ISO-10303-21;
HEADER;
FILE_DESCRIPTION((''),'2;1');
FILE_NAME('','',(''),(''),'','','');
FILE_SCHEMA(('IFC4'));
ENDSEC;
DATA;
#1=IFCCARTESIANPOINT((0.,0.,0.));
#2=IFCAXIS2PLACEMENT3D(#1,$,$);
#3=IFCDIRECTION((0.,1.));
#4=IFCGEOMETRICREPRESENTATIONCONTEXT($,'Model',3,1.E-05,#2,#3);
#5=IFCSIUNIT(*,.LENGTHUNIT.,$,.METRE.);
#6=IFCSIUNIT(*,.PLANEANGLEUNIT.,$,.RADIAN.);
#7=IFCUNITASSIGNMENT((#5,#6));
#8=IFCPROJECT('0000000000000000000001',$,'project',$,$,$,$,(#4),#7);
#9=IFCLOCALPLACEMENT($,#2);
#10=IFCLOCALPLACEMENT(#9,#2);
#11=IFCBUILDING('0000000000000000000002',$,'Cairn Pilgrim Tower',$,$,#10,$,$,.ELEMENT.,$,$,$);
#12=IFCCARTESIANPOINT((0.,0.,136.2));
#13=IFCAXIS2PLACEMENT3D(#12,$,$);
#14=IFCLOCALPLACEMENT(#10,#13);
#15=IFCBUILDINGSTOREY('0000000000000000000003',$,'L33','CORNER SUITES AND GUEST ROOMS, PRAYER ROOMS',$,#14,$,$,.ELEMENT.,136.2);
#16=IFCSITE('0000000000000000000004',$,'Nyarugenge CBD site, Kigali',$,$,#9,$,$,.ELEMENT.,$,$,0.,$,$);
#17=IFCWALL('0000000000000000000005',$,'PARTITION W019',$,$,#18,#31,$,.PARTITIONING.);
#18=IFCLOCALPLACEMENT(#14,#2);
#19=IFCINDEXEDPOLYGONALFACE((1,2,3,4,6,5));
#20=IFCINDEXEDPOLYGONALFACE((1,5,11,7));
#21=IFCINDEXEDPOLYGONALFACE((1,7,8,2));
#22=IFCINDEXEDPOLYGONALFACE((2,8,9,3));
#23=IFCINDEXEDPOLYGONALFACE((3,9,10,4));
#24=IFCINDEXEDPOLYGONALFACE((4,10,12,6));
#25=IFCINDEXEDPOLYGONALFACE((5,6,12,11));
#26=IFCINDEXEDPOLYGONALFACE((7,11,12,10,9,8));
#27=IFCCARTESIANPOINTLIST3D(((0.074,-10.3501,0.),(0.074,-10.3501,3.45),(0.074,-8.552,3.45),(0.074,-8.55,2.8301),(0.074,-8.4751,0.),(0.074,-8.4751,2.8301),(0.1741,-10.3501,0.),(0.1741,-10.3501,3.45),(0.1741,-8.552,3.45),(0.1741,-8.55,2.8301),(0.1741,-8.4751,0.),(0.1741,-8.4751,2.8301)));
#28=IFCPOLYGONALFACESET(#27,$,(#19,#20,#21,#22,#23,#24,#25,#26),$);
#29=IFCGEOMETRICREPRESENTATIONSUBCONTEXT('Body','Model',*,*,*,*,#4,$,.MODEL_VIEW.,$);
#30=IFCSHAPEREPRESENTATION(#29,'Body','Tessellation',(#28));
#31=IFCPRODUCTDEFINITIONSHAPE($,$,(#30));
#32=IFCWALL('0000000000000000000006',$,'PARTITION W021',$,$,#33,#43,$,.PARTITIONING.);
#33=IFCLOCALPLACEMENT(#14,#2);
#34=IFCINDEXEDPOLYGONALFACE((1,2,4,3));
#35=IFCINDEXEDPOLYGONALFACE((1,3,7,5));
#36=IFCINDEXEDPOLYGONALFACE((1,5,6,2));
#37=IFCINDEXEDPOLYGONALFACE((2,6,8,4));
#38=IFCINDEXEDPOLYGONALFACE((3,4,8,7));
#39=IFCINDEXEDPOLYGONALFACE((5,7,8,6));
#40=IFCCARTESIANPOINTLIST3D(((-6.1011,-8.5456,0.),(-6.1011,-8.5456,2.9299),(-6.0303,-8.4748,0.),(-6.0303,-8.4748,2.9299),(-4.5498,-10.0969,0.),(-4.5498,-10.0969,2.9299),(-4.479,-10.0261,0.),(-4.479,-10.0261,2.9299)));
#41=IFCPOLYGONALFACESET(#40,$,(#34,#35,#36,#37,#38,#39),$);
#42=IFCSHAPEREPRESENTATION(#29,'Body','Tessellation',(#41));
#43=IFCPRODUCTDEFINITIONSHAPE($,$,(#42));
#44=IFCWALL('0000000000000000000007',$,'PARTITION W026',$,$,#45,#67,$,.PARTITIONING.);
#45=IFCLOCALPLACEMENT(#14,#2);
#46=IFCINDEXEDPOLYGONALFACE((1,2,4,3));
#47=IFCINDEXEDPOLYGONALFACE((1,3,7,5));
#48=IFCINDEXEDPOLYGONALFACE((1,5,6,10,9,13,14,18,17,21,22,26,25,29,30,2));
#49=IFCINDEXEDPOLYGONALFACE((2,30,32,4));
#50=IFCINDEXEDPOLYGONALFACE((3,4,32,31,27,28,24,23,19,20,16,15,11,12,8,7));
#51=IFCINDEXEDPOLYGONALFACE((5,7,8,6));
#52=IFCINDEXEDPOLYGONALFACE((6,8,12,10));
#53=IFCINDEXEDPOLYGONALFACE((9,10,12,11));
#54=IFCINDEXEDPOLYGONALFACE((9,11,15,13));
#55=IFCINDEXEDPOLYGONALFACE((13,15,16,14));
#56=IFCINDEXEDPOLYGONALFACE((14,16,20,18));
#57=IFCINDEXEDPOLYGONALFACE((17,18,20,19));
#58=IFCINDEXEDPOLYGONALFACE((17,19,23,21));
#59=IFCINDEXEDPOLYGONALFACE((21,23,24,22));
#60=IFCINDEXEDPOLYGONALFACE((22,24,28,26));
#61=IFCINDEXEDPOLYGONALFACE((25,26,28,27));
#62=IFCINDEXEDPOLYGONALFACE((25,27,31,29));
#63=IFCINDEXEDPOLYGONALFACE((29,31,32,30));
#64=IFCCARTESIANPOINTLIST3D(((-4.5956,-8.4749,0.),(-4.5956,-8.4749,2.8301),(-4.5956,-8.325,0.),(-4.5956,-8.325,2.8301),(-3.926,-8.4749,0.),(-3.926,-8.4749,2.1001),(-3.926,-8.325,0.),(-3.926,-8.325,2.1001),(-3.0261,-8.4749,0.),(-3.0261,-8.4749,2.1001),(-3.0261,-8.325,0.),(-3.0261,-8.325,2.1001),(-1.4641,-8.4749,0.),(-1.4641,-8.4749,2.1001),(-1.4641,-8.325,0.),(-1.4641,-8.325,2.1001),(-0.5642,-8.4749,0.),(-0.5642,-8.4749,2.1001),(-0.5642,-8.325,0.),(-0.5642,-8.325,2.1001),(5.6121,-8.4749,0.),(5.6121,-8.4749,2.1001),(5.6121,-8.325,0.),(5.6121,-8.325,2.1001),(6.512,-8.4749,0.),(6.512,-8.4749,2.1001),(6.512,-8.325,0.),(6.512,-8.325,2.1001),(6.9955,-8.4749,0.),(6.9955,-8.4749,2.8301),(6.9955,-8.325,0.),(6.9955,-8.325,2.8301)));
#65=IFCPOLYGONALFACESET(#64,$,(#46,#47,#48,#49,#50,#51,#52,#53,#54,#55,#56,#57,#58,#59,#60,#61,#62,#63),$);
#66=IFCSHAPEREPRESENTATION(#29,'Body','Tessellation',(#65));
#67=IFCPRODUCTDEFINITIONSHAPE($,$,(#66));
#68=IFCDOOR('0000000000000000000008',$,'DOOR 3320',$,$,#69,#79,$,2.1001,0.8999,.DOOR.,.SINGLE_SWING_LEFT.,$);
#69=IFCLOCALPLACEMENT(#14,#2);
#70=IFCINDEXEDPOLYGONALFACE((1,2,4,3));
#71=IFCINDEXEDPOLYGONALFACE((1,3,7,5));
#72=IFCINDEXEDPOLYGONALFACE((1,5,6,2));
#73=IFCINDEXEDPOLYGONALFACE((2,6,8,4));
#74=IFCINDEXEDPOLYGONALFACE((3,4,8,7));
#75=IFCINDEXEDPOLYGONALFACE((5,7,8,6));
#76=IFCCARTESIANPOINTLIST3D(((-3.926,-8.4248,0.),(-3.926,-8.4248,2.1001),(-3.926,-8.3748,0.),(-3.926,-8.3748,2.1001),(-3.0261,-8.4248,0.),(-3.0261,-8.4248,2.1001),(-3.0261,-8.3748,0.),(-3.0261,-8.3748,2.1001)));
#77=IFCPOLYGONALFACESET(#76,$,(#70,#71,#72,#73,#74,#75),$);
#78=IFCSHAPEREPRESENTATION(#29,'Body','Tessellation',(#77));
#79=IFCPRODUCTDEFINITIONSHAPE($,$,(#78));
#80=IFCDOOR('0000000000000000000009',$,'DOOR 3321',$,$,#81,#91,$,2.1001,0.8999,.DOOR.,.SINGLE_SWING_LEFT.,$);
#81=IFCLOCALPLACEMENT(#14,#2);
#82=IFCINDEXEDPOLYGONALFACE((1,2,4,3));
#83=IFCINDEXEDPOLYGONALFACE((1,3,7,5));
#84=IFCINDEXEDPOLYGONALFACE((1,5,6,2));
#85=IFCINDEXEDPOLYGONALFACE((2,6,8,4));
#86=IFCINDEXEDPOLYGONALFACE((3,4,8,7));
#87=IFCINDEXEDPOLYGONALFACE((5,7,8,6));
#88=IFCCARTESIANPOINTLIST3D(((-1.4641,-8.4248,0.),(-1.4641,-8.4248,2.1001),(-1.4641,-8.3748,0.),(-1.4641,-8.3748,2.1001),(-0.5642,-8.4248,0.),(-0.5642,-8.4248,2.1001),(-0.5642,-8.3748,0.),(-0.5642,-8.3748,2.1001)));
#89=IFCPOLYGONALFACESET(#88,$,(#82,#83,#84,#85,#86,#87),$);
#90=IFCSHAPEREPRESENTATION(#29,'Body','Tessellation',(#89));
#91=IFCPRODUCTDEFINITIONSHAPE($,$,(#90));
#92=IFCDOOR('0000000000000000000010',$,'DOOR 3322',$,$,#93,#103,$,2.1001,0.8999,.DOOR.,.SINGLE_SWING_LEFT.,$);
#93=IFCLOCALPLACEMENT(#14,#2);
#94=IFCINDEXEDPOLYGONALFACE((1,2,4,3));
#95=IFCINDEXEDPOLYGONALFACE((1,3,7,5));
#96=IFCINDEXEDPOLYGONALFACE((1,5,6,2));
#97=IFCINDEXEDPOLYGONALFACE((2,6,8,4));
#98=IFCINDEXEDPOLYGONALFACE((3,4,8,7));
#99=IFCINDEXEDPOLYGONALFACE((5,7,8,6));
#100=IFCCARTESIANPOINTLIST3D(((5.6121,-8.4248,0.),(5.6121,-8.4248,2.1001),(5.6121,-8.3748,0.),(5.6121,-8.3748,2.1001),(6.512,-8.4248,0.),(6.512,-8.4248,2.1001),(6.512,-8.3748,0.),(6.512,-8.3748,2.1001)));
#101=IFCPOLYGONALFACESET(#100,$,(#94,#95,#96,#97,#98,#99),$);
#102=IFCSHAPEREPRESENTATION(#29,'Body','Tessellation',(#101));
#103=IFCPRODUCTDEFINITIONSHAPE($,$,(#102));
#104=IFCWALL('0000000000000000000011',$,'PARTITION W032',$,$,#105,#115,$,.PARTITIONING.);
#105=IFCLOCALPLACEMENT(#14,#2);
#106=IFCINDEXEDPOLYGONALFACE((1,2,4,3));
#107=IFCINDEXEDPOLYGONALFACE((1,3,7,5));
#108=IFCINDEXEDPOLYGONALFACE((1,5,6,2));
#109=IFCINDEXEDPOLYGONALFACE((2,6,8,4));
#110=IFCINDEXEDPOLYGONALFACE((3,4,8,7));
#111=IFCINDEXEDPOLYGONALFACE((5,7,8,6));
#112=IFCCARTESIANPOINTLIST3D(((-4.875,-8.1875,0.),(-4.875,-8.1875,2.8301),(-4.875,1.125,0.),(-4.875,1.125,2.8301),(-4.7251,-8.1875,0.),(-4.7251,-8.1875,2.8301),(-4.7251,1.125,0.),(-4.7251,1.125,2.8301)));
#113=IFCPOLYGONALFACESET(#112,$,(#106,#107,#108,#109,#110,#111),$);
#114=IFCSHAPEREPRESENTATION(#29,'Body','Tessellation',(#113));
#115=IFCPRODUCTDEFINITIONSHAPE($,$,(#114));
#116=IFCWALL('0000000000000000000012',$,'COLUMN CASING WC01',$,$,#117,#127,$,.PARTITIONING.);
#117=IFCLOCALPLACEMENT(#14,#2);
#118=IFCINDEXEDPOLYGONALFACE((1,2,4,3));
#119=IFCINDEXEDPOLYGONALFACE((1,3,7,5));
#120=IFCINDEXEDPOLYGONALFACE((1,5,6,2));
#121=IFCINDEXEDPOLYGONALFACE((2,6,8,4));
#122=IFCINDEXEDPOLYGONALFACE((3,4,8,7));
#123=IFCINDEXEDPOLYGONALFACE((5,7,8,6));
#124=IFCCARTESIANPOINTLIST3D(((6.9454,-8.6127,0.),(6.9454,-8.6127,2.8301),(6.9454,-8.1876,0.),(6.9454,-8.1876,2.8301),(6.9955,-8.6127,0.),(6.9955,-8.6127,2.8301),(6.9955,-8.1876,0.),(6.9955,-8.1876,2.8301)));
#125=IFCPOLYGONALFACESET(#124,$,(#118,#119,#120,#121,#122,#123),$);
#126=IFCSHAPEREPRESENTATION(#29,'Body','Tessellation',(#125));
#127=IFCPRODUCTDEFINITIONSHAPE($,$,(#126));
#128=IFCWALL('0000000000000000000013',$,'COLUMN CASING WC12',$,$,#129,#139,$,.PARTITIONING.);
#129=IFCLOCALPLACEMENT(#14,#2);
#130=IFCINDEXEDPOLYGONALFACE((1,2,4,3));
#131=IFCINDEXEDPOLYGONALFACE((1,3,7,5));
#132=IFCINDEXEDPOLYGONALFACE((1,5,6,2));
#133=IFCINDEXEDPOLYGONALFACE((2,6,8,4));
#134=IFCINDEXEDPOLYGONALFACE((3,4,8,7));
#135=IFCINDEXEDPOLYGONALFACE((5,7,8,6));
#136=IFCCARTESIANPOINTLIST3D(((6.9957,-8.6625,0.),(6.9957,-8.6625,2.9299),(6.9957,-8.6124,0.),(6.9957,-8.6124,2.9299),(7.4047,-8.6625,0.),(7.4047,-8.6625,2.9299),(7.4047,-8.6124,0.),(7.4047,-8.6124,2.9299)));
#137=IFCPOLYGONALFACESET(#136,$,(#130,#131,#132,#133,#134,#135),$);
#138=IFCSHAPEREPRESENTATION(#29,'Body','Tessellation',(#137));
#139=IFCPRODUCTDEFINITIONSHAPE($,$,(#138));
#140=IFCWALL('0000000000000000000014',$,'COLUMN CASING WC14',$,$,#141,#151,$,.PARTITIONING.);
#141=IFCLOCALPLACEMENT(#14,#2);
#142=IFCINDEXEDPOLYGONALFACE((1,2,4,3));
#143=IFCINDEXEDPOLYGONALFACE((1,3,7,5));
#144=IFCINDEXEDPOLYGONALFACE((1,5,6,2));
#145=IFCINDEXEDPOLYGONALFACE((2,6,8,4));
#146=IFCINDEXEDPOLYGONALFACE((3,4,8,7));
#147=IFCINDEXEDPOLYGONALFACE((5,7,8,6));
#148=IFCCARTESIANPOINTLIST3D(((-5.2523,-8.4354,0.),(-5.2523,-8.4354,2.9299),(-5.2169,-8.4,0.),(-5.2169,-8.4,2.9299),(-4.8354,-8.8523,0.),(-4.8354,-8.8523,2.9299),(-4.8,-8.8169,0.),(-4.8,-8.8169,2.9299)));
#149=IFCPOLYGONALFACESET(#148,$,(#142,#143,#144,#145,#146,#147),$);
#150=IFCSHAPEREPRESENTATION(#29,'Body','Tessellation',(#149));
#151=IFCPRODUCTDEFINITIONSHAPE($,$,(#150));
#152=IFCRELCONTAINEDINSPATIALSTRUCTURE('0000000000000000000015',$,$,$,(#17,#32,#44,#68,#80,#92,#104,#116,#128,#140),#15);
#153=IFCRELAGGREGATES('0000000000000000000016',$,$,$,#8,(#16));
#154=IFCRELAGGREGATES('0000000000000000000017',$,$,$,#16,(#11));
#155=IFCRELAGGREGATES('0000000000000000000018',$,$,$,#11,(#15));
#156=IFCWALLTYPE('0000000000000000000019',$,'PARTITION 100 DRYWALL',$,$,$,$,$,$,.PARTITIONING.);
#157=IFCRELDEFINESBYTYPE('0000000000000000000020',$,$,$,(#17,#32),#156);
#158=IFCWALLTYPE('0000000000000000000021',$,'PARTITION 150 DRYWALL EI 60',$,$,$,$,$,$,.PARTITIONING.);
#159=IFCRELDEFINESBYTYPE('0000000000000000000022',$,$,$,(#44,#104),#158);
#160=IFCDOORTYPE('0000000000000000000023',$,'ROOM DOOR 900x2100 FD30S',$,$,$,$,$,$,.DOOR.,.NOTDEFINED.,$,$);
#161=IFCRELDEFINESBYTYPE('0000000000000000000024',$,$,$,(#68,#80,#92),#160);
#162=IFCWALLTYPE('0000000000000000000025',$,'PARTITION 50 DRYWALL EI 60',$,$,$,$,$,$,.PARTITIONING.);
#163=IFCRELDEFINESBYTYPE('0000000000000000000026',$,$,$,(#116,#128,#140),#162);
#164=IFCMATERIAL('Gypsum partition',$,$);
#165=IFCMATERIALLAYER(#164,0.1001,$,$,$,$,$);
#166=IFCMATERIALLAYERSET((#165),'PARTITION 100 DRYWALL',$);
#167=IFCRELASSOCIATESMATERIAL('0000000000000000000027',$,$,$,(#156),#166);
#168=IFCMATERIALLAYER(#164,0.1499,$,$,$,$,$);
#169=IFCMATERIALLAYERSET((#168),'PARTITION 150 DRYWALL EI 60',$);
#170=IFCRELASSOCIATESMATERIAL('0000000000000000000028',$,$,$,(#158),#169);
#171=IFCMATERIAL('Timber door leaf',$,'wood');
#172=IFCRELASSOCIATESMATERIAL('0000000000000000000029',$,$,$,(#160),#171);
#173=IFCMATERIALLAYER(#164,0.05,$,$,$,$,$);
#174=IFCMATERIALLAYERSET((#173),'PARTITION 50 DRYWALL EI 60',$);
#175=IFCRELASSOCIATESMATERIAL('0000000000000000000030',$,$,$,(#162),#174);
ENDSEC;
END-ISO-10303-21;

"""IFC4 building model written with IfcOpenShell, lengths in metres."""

from ifc_helpers import new_model, si_unit, direction, frame, frame_2d, origin, place, context, subcontext, project, spatial, polyline, rectangle, outline, extrude, material, layer, layer_set, type_object, element, fill, save


model = new_model("IFC4")

# Units and contexts
model_context = context("Model", 3, precision=1e-05, world=origin(), true_north=direction((0.0, 1.0)))
body_context = subcontext(model_context, "Body", "Model", "MODEL_VIEW")
ifc_project = project(units=[si_unit("LENGTHUNIT", "METRE"), si_unit("PLANEANGLEUNIT", "RADIAN")], contexts=[model_context])

# Site, building, storey
site_placement = place(None, origin())
site = spatial("IfcSite", under=ifc_project, at=site_placement, Name="Nyarugenge CBD site, Kigali", CompositionType="ELEMENT", RefElevation=0.0)
building_placement = place(site_placement, origin())
building = spatial("IfcBuilding", under=site, at=building_placement, Name="Cairn Pilgrim Tower", CompositionType="ELEMENT")
storey_placement = place(building_placement, frame((0.0, 0.0, 136.2)))
storey = spatial("IfcBuildingStorey", under=building, at=storey_placement, Name="L33", Description="CORNER SUITES AND GUEST ROOMS, PRAYER ROOMS", CompositionType="ELEMENT", Elevation=136.2)

# Shared definitions
ifc_material_1 = material(Name="Gypsum partition")
ifc_layer_1 = layer(ifc_material_1, 0.1001)
ifc_layer_set_1 = layer_set([ifc_layer_1], Name="PARTITION 100 DRYWALL")
wall_type_1 = type_object("IfcWallType", Name="PARTITION 100 DRYWALL", PredefinedType="PARTITIONING", material=ifc_layer_set_1)
ifc_material_2 = material(Name="Timber door leaf", Category="wood")

# Walls
wall_1_placement = place(storey_placement, frame((0.124, -10.3501, 0.0), z_axis=(0.0, 0.0, 1.0), x_axis=(0.0, 1.0, 0.0)))
element("IfcWall", 1, at=wall_1_placement, inside=storey, type_object=wall_type_1, Name="PARTITION W019", PredefinedType="PARTITIONING", context=body_context, shape_type="SweptSolid", body=[
    extrude(outline(polyline([(0.0, 0.0), (1.875, 0.0), (1.875, 2.8301), (1.8, 2.8301), (1.7981, 3.45), (0.0, 3.45), (0.0, 0.0)])), frame((0.0, 0.05, 0.0), z_axis=(0.0, -1.0, 0.0), x_axis=(1.0, 0.0, 0.0)), (0.0, 0.0, 1.0), 0.1001),
])
wall_2_placement = place(storey_placement, frame((-4.5144, -10.0615, 0.0), z_axis=(0.0, 0.0, 1.0), x_axis=(-0.707107, 0.707107, 0.0)))
element("IfcWall", 2, at=wall_2_placement, inside=storey, type_object=wall_type_1, Name="PARTITION W021", PredefinedType="PARTITIONING", context=body_context, shape_type="SweptSolid", body=[
    extrude(rectangle(XDim=2.1938, YDim=0.1001, at=frame_2d((1.0969, 0.0))), origin(), (0.0, 0.0, 1.0), 2.9299),
])

# Wall, openings, doors
ifc_layer_2 = layer(ifc_material_1, 0.1499)
ifc_layer_set_2 = layer_set([ifc_layer_2], Name="PARTITION 150 DRYWALL EI 60")
wall_type_2 = type_object("IfcWallType", Name="PARTITION 150 DRYWALL EI 60", PredefinedType="PARTITIONING", material=ifc_layer_set_2)
wall_3_placement = place(storey_placement, frame((-4.5955, -8.3999, 0.0), z_axis=(0.0, 0.0, 1.0), x_axis=(1.0, 0.0, 0.0)))
wall_3 = element("IfcWall", 3, at=wall_3_placement, inside=storey, type_object=wall_type_2, Name="PARTITION W026", PredefinedType="PARTITIONING", context=body_context, shape_type="SweptSolid", body=[
    extrude(rectangle(XDim=11.5911, YDim=0.1499, at=frame_2d((5.7954, 0.0))), origin(), (0.0, 0.0, 1.0), 2.8301),
])
opening_1_placement = place(wall_3_placement, frame((0.6694, 0.0, 0.0)))
opening_1 = element("IfcOpeningElement", 4, at=opening_1_placement, cuts=wall_3, PredefinedType="OPENING", context=body_context, shape_type="SweptSolid", body=[
    extrude(rectangle(XDim=0.8999, YDim=2.1001, at=frame_2d((0.45, 1.05))), frame((0.0, 0.085, 0.0), z_axis=(0.0, -1.0, 0.0), x_axis=(1.0, 0.0, 0.0)), (0.0, 0.0, 1.0), 0.1699),
])
opening_2_placement = place(wall_3_placement, frame((3.1313, 0.0, 0.0)))
opening_2 = element("IfcOpeningElement", 5, at=opening_2_placement, cuts=wall_3, PredefinedType="OPENING", context=body_context, shape_type="SweptSolid", body=[
    extrude(rectangle(XDim=0.8999, YDim=2.1001, at=frame_2d((0.45, 1.05))), frame((0.0, 0.085, 0.0), z_axis=(0.0, -1.0, 0.0), x_axis=(1.0, 0.0, 0.0)), (0.0, 0.0, 1.0), 0.1699),
])
opening_3_placement = place(wall_3_placement, frame((10.2075, 0.0, 0.0)))
opening_3 = element("IfcOpeningElement", 6, at=opening_3_placement, cuts=wall_3, PredefinedType="OPENING", context=body_context, shape_type="SweptSolid", body=[
    extrude(rectangle(XDim=0.8999, YDim=2.1001, at=frame_2d((0.45, 1.05))), frame((0.0, 0.085, 0.0), z_axis=(0.0, -1.0, 0.0), x_axis=(1.0, 0.0, 0.0)), (0.0, 0.0, 1.0), 0.1699),
])
door_type_1 = type_object("IfcDoorType", Name="ROOM DOOR 900x2100 FD30S", OperationType="NOTDEFINED", PredefinedType="DOOR", material=ifc_material_2)
door_1_placement = place(opening_1_placement, frame((0.8999, 0.0, 0.0), z_axis=(0.0, 0.0, 1.0), x_axis=(-1.0, 0.0, 0.0)))
door_1 = element("IfcDoor", 7, at=door_1_placement, inside=storey, type_object=door_type_1, Name="DOOR 3320", OperationType="SINGLE_SWING_LEFT", OverallHeight=2.1001, OverallWidth=0.8999, PredefinedType="DOOR", context=body_context, shape_type="SweptSolid", body=[
    extrude(rectangle(XDim=0.8999, YDim=2.1001, at=frame_2d((0.45, 1.05))), frame((0.0, 0.0249, 0.0), z_axis=(0.0, -1.0, 0.0), x_axis=(1.0, 0.0, 0.0)), (0.0, 0.0, 1.0), 0.05),
])
fill(opening_1, door_1)
door_2_placement = place(opening_2_placement, frame((0.8999, 0.0, 0.0), z_axis=(0.0, 0.0, 1.0), x_axis=(-1.0, 0.0, 0.0)))
door_2 = element("IfcDoor", 8, at=door_2_placement, inside=storey, type_object=door_type_1, Name="DOOR 3321", OperationType="SINGLE_SWING_LEFT", OverallHeight=2.1001, OverallWidth=0.8999, PredefinedType="DOOR", context=body_context, shape_type="SweptSolid", body=[
    extrude(rectangle(XDim=0.8999, YDim=2.1001, at=frame_2d((0.45, 1.05))), frame((0.0, 0.0249, 0.0), z_axis=(0.0, -1.0, 0.0), x_axis=(1.0, 0.0, 0.0)), (0.0, 0.0, 1.0), 0.05),
])
fill(opening_2, door_2)
door_3_placement = place(opening_3_placement, frame((0.8999, 0.0, 0.0), z_axis=(0.0, 0.0, 1.0), x_axis=(-1.0, 0.0, 0.0)))
door_3 = element("IfcDoor", 9, at=door_3_placement, inside=storey, type_object=door_type_1, Name="DOOR 3322", OperationType="SINGLE_SWING_LEFT", OverallHeight=2.1001, OverallWidth=0.8999, PredefinedType="DOOR", context=body_context, shape_type="SweptSolid", body=[
    extrude(rectangle(XDim=0.8999, YDim=2.1001, at=frame_2d((0.45, 1.05))), frame((0.0, 0.0249, 0.0), z_axis=(0.0, -1.0, 0.0), x_axis=(1.0, 0.0, 0.0)), (0.0, 0.0, 1.0), 0.05),
])
fill(opening_3, door_3)

# Walls
wall_4_placement = place(storey_placement, frame((-4.8, -8.1875, 0.0), z_axis=(0.0, 0.0, 1.0), x_axis=(0.0, 1.0, 0.0)))
element("IfcWall", 10, at=wall_4_placement, inside=storey, type_object=wall_type_2, Name="PARTITION W032", PredefinedType="PARTITIONING", context=body_context, shape_type="SweptSolid", body=[
    extrude(rectangle(XDim=9.3125, YDim=0.1499, at=frame_2d((4.6562, 0.0))), origin(), (0.0, 0.0, 1.0), 2.8301),
])
ifc_layer_3 = layer(ifc_material_1, 0.05)
ifc_layer_set_3 = layer_set([ifc_layer_3], Name="PARTITION 50 DRYWALL EI 60")
wall_type_3 = type_object("IfcWallType", Name="PARTITION 50 DRYWALL EI 60", PredefinedType="PARTITIONING", material=ifc_layer_set_3)
wall_5_placement = place(storey_placement, frame((6.9705, -8.6125, 0.0), z_axis=(0.0, 0.0, 1.0), x_axis=(0.0, 1.0, 0.0)))
element("IfcWall", 11, at=wall_5_placement, inside=storey, type_object=wall_type_3, Name="COLUMN CASING WC01", PredefinedType="PARTITIONING", context=body_context, shape_type="SweptSolid", body=[
    extrude(rectangle(XDim=0.425, YDim=0.05, at=frame_2d((0.2124, 0.0))), origin(), (0.0, 0.0, 1.0), 2.8301),
])
wall_6_placement = place(storey_placement, frame((6.9956, -8.6375, 0.0), z_axis=(0.0, 0.0, 1.0), x_axis=(1.0, 0.0, 0.0)))
element("IfcWall", 12, at=wall_6_placement, inside=storey, type_object=wall_type_3, Name="COLUMN CASING WC12", PredefinedType="PARTITIONING", context=body_context, shape_type="SweptSolid", body=[
    extrude(rectangle(XDim=0.4089, YDim=0.05, at=frame_2d((0.2046, 0.0))), origin(), (0.0, 0.0, 1.0), 2.9299),
])
wall_7_placement = place(storey_placement, frame((-4.8176, -8.8347, 0.0), z_axis=(0.0, 0.0, 1.0), x_axis=(-0.707107, 0.707107, 0.0)))
element("IfcWall", 13, at=wall_7_placement, inside=storey, type_object=wall_type_3, Name="COLUMN CASING WC14", PredefinedType="PARTITIONING", context=body_context, shape_type="SweptSolid", body=[
    extrude(rectangle(XDim=0.5896, YDim=0.05, at=frame_2d((0.2949, 0.0))), origin(), (0.0, 0.0, 1.0), 2.9299),
])

save(model, "model.ifc")
